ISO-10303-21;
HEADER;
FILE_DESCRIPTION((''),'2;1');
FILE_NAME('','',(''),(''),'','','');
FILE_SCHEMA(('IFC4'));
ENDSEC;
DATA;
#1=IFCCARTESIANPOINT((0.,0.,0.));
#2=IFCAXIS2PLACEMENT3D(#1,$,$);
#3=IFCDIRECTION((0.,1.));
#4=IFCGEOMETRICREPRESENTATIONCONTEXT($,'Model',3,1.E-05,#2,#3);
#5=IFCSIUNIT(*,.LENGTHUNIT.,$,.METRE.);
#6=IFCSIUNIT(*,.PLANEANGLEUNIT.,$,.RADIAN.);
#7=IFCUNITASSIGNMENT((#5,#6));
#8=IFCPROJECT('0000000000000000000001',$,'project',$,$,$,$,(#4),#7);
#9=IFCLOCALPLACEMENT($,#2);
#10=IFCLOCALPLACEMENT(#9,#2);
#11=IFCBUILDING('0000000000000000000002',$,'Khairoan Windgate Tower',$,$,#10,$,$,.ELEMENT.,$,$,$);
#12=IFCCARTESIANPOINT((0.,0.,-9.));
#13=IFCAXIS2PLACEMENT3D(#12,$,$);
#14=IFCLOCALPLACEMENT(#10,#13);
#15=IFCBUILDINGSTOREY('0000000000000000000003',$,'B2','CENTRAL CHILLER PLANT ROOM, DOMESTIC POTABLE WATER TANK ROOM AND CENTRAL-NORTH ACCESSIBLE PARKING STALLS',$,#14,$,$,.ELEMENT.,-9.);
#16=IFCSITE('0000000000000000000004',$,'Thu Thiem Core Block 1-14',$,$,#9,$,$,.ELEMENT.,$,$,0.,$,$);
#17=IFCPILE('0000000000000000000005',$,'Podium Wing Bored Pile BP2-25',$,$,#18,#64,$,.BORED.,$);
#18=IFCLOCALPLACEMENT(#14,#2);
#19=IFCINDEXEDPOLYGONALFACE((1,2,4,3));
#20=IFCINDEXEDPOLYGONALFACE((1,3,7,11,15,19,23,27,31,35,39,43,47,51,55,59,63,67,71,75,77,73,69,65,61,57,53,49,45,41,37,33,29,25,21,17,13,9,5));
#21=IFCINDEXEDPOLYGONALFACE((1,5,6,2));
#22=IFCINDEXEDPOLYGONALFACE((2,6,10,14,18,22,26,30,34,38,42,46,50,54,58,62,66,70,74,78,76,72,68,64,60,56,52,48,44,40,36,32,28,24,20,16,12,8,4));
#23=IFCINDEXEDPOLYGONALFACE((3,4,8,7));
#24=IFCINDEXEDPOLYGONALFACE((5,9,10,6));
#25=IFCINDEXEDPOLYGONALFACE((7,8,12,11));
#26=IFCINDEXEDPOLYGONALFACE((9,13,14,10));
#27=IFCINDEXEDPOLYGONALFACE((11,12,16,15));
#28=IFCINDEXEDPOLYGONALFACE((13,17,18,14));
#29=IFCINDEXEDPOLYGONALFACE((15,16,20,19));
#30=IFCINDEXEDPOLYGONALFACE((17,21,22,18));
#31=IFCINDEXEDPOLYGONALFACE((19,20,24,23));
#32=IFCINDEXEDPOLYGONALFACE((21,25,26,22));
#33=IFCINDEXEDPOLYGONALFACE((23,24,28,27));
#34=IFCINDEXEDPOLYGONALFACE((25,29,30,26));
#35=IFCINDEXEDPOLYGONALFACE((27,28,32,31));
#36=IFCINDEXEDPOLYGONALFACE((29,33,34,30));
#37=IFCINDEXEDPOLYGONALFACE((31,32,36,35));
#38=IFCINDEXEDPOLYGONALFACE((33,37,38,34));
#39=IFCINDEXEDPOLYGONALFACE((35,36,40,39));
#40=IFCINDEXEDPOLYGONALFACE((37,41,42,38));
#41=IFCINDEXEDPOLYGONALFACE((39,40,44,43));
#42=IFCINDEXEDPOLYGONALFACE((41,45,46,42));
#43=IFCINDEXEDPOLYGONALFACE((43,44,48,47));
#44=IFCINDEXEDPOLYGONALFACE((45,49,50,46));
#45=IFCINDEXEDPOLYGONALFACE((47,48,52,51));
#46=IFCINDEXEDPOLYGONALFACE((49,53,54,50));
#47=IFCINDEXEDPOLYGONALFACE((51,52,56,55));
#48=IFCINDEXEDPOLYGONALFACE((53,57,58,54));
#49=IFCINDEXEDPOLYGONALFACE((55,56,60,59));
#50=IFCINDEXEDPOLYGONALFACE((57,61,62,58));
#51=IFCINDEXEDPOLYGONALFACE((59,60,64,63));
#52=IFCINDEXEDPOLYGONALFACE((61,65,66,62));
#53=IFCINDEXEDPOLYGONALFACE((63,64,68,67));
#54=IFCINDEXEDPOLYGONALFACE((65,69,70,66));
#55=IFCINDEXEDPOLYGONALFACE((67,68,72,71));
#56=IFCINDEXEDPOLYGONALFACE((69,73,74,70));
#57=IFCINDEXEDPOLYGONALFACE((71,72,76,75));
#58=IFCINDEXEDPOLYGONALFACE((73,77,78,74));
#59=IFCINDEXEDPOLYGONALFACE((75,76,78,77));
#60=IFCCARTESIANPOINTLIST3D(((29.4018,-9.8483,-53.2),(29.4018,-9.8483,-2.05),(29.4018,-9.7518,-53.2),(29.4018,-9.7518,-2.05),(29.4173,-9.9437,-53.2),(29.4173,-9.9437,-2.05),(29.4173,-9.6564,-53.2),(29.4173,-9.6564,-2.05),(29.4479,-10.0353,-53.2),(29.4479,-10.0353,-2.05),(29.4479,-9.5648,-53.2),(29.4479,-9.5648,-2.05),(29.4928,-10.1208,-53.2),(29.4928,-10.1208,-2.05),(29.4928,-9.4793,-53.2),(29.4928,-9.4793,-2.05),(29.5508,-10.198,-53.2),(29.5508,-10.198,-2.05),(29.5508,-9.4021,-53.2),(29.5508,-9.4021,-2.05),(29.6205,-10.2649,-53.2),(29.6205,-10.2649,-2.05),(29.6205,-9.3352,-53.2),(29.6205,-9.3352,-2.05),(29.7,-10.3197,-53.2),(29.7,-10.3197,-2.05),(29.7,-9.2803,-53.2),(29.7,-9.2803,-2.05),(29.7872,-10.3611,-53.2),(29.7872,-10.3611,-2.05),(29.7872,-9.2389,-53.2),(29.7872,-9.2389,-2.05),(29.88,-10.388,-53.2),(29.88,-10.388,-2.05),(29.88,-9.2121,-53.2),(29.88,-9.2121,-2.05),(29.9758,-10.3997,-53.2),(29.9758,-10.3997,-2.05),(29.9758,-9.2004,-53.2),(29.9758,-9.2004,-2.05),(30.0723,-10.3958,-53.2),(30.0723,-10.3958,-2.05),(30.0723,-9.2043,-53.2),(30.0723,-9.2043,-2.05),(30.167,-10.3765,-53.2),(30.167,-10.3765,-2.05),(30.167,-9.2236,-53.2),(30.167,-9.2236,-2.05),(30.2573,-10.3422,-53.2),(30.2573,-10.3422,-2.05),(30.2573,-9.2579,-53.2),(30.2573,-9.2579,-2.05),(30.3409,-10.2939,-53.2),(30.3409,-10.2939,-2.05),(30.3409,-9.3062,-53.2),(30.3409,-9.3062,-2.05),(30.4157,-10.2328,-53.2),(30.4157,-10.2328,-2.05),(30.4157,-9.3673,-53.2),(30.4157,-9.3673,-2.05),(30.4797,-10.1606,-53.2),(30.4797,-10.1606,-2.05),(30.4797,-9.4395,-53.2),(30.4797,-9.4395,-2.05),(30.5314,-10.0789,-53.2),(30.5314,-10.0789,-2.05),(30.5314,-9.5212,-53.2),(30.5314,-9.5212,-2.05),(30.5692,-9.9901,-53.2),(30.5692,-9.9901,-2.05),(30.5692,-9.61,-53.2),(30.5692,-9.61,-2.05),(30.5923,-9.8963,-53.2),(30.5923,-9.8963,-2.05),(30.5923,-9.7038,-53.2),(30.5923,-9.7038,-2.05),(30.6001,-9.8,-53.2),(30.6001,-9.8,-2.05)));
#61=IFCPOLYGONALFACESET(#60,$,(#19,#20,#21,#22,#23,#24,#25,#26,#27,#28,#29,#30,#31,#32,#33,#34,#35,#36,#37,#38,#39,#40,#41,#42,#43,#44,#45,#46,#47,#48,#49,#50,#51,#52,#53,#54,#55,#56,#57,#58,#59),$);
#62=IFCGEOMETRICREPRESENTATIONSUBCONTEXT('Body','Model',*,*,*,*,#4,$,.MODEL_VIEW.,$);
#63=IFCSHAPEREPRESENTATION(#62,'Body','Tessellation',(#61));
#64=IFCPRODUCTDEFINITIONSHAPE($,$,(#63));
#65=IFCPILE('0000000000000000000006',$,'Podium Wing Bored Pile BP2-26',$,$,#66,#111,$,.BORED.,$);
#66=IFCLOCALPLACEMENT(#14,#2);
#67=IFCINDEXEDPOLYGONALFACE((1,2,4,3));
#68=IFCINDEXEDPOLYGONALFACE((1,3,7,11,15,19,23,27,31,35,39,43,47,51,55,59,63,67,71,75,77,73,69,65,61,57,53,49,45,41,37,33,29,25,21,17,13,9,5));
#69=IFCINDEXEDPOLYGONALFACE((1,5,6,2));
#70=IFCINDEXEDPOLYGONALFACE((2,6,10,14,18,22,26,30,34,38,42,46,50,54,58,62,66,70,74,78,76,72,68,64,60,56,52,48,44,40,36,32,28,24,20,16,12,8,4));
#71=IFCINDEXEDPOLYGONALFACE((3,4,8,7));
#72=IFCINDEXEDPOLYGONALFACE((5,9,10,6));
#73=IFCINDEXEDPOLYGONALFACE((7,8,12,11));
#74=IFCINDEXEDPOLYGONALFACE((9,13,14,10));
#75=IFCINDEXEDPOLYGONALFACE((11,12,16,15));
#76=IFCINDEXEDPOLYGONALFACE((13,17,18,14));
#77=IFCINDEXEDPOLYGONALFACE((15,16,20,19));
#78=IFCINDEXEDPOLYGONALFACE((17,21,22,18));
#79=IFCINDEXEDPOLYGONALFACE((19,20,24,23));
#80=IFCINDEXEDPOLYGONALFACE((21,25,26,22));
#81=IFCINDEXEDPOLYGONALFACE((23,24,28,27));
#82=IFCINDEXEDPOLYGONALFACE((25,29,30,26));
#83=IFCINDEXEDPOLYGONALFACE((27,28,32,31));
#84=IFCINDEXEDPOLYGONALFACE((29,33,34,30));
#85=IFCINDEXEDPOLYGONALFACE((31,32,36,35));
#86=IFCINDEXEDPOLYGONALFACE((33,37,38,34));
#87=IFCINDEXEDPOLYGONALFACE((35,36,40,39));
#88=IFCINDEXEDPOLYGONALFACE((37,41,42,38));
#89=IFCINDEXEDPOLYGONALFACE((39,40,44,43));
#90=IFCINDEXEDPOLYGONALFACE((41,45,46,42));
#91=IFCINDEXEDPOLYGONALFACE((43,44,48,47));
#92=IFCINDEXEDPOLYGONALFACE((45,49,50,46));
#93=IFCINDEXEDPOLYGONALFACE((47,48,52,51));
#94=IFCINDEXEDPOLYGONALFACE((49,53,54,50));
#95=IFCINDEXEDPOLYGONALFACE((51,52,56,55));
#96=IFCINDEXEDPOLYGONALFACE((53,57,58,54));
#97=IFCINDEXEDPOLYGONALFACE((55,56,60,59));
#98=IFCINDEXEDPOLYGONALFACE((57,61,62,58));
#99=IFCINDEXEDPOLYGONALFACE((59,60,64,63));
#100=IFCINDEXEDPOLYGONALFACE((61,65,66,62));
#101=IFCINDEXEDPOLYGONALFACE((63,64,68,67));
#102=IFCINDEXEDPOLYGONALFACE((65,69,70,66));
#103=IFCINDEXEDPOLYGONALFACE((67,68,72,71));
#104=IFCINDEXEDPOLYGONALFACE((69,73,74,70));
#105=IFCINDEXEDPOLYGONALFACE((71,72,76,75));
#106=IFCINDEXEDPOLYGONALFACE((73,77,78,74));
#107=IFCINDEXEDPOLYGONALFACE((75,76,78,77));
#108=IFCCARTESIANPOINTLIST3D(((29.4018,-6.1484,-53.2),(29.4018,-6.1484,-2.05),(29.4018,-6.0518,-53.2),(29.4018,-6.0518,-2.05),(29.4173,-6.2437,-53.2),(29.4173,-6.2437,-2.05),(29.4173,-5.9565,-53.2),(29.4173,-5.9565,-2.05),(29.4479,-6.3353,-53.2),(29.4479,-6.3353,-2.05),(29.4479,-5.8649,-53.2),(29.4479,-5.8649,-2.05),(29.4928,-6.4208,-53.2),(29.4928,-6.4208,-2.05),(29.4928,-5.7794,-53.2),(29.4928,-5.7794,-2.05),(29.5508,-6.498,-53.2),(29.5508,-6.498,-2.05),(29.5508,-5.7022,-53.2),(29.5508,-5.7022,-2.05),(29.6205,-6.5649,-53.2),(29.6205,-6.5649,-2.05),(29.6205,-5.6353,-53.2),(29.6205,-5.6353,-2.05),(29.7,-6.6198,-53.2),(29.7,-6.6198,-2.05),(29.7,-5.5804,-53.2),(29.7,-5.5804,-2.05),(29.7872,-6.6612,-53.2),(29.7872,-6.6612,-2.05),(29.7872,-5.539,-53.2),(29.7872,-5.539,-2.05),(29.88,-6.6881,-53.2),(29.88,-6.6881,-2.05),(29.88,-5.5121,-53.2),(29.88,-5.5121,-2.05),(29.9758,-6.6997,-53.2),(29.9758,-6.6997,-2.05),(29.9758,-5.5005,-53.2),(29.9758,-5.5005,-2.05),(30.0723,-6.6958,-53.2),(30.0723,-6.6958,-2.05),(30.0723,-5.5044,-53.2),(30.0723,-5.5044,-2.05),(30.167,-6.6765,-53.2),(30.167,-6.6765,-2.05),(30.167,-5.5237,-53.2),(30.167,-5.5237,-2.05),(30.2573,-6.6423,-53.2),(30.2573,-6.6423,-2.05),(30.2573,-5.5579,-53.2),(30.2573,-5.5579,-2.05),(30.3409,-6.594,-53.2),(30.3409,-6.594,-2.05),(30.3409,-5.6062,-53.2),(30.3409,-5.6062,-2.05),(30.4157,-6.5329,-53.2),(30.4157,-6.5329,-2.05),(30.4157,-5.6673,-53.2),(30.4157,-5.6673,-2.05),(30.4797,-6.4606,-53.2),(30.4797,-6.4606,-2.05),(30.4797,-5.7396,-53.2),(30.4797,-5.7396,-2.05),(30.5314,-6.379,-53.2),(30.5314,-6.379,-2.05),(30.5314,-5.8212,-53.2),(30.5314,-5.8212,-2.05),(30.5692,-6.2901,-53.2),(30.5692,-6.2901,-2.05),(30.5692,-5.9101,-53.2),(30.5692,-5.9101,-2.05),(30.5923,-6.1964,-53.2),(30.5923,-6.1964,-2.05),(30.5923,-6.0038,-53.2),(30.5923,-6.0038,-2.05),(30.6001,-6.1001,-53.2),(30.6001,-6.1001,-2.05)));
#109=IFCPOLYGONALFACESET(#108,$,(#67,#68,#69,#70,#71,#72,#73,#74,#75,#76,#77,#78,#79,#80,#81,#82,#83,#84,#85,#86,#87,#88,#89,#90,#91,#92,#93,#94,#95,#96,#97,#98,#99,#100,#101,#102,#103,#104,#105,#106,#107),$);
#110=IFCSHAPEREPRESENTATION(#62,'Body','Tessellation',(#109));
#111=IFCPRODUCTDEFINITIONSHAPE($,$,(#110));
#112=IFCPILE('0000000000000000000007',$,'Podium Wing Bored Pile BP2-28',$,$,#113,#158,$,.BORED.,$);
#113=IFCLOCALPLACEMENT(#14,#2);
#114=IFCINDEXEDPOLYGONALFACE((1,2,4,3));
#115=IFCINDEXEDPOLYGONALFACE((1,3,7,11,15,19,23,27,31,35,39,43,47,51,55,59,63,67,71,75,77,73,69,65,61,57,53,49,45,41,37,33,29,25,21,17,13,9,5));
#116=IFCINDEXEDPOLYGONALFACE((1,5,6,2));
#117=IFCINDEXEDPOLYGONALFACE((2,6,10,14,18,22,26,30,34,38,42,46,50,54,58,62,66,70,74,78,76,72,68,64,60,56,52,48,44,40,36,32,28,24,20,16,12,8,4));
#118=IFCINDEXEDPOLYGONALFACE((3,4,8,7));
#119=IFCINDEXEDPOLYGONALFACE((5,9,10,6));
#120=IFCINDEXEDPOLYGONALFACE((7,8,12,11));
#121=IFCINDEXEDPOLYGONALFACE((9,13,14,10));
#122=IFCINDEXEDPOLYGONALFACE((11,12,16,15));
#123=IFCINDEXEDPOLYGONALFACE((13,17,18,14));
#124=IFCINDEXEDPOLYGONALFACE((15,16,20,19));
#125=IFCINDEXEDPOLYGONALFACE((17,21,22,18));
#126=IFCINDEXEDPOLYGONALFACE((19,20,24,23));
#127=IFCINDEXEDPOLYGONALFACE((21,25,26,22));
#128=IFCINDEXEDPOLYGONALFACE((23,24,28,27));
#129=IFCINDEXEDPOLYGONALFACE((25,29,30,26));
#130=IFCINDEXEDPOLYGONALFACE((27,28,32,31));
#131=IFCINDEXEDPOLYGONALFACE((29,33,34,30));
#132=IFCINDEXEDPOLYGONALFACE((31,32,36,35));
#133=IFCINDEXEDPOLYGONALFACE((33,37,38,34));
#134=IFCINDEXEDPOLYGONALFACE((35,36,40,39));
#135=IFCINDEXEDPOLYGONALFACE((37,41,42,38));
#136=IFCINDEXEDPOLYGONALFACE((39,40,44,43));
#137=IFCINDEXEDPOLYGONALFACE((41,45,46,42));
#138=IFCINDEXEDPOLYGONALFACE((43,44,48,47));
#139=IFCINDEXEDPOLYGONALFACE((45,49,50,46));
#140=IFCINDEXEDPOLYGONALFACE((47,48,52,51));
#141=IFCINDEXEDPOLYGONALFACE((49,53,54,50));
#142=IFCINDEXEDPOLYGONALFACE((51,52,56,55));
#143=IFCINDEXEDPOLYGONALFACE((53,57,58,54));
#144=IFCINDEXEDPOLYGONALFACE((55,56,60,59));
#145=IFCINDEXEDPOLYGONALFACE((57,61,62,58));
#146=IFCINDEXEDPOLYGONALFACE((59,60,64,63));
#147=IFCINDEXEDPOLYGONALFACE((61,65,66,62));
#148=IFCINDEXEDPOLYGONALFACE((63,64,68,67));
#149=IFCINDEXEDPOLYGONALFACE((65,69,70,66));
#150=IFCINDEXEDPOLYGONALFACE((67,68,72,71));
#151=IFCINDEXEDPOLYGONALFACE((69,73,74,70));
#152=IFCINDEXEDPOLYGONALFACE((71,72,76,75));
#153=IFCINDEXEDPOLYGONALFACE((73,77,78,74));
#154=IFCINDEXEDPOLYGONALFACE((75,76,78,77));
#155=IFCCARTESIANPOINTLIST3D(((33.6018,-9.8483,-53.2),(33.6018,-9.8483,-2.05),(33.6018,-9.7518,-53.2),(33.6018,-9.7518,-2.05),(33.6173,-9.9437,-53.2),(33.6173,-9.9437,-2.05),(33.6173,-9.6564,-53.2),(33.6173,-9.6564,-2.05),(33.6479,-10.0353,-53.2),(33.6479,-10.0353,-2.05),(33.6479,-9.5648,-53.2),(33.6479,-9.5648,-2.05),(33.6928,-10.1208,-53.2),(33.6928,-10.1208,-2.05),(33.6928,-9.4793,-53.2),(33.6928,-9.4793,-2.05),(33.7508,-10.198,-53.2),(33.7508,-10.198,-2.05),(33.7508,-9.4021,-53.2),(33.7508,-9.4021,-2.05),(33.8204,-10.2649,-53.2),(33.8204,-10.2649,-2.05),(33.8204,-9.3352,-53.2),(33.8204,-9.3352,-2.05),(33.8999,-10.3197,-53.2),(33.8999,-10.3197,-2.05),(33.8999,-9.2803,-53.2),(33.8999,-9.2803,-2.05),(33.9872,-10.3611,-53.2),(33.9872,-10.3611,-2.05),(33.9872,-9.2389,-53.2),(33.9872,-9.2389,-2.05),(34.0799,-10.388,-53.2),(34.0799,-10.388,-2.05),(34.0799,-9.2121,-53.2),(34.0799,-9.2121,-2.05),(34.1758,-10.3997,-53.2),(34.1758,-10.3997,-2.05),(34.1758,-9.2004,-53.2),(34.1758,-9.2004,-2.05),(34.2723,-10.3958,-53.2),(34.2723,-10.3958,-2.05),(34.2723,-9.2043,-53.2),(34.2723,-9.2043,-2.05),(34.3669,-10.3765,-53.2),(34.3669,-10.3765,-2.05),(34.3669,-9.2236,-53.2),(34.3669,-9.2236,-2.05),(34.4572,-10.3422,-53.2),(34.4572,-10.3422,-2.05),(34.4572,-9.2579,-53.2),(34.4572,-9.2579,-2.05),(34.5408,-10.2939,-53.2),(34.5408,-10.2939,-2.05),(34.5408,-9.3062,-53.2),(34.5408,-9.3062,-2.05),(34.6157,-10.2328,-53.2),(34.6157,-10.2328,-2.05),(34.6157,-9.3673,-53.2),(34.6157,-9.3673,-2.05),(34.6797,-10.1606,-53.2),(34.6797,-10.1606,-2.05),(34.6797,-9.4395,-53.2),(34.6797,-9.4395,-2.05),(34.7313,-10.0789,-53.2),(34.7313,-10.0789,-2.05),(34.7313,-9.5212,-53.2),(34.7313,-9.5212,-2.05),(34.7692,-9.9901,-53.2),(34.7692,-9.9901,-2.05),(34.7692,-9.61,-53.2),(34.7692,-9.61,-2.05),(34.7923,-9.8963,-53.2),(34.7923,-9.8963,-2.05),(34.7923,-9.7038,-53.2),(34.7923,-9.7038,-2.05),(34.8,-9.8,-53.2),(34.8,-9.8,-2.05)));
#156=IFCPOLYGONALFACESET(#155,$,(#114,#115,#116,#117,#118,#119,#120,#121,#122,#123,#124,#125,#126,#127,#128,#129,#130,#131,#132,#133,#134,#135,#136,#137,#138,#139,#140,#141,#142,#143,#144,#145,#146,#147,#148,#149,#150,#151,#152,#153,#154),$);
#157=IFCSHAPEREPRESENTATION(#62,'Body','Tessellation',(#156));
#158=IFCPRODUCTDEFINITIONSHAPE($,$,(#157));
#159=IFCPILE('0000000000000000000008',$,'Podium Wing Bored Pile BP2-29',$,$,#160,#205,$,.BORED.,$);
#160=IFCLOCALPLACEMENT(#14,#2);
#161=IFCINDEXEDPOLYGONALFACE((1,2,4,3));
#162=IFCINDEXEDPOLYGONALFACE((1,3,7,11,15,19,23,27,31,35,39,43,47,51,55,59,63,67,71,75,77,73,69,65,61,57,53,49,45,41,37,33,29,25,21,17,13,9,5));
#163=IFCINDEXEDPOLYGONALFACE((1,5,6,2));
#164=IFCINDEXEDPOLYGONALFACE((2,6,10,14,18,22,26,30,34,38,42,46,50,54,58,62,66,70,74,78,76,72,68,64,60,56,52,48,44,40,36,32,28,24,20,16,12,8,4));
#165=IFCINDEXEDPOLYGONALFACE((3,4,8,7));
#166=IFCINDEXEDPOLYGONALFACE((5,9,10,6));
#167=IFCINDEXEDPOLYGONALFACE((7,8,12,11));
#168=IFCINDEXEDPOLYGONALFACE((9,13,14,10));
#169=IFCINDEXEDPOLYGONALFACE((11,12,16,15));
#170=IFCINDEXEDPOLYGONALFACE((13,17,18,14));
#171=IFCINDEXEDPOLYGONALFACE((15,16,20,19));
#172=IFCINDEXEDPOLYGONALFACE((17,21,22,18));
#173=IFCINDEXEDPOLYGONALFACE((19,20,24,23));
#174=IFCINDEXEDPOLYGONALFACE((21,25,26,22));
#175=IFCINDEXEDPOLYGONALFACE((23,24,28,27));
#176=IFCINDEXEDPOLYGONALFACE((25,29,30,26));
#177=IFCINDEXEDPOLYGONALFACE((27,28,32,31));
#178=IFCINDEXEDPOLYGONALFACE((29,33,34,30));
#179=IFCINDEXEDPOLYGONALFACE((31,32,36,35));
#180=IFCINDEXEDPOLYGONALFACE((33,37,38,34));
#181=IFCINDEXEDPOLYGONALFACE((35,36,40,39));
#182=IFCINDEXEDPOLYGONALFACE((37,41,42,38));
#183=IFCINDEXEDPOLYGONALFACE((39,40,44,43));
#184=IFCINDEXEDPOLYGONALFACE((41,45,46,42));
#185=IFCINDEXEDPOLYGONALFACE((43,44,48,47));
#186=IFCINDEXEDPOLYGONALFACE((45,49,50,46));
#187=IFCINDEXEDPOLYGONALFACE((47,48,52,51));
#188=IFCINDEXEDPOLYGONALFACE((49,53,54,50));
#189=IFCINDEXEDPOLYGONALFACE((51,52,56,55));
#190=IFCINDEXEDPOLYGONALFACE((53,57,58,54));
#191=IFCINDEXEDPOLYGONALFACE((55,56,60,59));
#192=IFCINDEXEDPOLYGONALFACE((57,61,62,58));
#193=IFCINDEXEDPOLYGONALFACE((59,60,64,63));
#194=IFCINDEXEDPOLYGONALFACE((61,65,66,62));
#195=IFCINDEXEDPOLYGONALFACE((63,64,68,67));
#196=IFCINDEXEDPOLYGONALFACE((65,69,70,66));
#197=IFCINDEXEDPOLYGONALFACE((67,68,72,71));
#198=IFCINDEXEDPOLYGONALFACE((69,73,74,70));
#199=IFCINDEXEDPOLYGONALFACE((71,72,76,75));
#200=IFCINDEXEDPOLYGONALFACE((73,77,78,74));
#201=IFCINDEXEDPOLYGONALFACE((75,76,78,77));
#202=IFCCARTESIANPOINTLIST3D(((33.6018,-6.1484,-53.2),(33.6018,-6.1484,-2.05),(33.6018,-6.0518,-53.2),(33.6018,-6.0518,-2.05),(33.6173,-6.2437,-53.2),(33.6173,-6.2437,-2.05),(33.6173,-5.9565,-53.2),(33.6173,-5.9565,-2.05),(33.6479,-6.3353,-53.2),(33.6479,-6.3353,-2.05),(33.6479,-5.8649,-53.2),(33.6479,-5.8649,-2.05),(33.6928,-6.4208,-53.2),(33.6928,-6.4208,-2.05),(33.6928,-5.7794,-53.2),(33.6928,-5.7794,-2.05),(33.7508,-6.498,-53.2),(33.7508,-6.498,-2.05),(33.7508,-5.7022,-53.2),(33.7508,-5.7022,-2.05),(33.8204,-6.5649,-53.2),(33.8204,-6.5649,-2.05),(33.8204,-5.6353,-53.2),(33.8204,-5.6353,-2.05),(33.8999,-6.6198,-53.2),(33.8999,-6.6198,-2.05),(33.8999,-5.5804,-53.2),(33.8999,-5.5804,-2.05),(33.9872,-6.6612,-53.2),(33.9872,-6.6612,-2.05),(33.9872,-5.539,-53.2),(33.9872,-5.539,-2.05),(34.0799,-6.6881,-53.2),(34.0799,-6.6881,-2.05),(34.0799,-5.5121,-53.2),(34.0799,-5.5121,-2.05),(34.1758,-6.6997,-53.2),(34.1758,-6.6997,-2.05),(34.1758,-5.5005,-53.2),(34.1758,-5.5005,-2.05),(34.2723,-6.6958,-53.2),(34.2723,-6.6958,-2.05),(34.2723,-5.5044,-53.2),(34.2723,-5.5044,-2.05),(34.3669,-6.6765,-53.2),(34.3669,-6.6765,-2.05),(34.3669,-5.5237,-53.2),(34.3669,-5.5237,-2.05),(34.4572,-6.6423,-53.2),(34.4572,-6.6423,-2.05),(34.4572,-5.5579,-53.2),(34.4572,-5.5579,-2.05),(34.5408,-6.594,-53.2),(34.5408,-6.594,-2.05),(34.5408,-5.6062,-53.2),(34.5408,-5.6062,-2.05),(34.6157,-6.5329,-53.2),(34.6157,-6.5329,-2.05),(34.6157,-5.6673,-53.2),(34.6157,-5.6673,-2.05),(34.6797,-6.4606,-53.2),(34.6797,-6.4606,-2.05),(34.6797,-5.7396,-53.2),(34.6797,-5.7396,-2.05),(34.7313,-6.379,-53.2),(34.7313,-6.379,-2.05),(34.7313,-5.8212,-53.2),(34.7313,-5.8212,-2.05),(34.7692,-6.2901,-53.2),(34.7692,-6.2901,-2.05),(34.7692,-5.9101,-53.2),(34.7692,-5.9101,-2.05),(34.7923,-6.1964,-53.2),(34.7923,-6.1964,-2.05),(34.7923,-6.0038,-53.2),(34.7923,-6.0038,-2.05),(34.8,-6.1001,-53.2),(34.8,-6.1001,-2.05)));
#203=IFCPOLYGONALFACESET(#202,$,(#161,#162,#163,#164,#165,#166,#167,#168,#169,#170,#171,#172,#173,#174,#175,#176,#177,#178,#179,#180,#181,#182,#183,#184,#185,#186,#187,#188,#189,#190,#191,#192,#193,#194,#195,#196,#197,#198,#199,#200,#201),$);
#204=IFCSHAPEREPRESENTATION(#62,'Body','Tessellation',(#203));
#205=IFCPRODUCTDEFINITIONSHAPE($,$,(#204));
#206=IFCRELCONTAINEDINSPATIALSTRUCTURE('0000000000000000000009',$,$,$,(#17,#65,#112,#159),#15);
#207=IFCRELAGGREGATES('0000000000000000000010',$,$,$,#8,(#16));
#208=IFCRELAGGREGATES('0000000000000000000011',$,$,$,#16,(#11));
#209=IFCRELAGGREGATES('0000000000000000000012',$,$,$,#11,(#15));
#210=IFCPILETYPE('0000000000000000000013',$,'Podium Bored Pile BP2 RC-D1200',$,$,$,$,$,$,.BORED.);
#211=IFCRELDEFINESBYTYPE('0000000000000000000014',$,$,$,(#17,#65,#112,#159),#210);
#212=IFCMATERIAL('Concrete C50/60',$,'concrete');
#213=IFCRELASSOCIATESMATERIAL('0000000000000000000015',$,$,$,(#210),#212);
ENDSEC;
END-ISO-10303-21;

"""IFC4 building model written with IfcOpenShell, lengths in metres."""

from ifc_helpers import new_model, si_unit, direction, frame, origin, origin_2d, place, context, subcontext, project, spatial, circle, extrude, material, material_profile, profile_set, type_object, element, save


model = new_model("IFC4")

# Units and contexts
model_context = context("Model", 3, precision=1e-05, world=origin(), true_north=direction((0.0, 1.0)))
body_context = subcontext(model_context, "Body", "Model", "MODEL_VIEW")
ifc_project = project(units=[si_unit("LENGTHUNIT", "METRE"), si_unit("PLANEANGLEUNIT", "RADIAN")], contexts=[model_context])

# Site, building, storey
site_placement = place(None, origin())
site = spatial("IfcSite", under=ifc_project, at=site_placement, Name="Thu Thiem Core Block 1-14", CompositionType="ELEMENT", RefElevation=0.0)
building_placement = place(site_placement, origin())
building = spatial("IfcBuilding", under=site, at=building_placement, Name="Khairoan Windgate Tower", CompositionType="ELEMENT")
storey_placement = place(building_placement, frame((0.0, 0.0, -9.0)))
storey = spatial("IfcBuildingStorey", under=building, at=storey_placement, Name="B2", Description="CENTRAL CHILLER PLANT ROOM, DOMESTIC POTABLE WATER TANK ROOM AND CENTRAL-NORTH ACCESSIBLE PARKING STALLS", CompositionType="ELEMENT", Elevation=-9.0)

# Piles
ifc_material_1 = material(Name="Concrete C50/60", Category="concrete")
ifc_material_profile_1 = material_profile(ifc_material_1, circle(Radius=0.6001, at=origin_2d()))
ifc_profile_set_1 = profile_set([ifc_material_profile_1], Name="Concrete C50/60")
pile_type_1 = type_object("IfcPileType", Name="Podium Bored Pile BP2 RC-D1200", PredefinedType="BORED", material=ifc_profile_set_1)
for number, where, z_axis, x_axis, name in (
    (1, (30.0, -9.8, -2.05), (0.0, 0.0, -1.0), (1.0, 0.0, 0.0), "Podium Wing Bored Pile BP2-25"),
    (2, (30.0, -6.1001, -2.05), (0.0, 0.0, -1.0), (1.0, 0.0, 0.0), "Podium Wing Bored Pile BP2-26"),
    (3, (34.2, -9.8, -2.05), (0.0, 0.0, -1.0), (1.0, 0.0, 0.0), "Podium Wing Bored Pile BP2-28"),
    (4, (34.2, -6.1001, -2.05), (0.0, 0.0, -1.0), (1.0, 0.0, 0.0), "Podium Wing Bored Pile BP2-29"),
):
    element("IfcPile", number, at=place(storey_placement, frame(where, z_axis=z_axis, x_axis=x_axis)), inside=storey, type_object=pile_type_1, Name=name, PredefinedType="BORED", context=body_context, shape_type="SweptSolid", body=[
        extrude(circle(Radius=0.6001, at=origin_2d()), origin(), (0.0, 0.0, 1.0), 51.1499),
    ])

save(model, "model.ifc")
